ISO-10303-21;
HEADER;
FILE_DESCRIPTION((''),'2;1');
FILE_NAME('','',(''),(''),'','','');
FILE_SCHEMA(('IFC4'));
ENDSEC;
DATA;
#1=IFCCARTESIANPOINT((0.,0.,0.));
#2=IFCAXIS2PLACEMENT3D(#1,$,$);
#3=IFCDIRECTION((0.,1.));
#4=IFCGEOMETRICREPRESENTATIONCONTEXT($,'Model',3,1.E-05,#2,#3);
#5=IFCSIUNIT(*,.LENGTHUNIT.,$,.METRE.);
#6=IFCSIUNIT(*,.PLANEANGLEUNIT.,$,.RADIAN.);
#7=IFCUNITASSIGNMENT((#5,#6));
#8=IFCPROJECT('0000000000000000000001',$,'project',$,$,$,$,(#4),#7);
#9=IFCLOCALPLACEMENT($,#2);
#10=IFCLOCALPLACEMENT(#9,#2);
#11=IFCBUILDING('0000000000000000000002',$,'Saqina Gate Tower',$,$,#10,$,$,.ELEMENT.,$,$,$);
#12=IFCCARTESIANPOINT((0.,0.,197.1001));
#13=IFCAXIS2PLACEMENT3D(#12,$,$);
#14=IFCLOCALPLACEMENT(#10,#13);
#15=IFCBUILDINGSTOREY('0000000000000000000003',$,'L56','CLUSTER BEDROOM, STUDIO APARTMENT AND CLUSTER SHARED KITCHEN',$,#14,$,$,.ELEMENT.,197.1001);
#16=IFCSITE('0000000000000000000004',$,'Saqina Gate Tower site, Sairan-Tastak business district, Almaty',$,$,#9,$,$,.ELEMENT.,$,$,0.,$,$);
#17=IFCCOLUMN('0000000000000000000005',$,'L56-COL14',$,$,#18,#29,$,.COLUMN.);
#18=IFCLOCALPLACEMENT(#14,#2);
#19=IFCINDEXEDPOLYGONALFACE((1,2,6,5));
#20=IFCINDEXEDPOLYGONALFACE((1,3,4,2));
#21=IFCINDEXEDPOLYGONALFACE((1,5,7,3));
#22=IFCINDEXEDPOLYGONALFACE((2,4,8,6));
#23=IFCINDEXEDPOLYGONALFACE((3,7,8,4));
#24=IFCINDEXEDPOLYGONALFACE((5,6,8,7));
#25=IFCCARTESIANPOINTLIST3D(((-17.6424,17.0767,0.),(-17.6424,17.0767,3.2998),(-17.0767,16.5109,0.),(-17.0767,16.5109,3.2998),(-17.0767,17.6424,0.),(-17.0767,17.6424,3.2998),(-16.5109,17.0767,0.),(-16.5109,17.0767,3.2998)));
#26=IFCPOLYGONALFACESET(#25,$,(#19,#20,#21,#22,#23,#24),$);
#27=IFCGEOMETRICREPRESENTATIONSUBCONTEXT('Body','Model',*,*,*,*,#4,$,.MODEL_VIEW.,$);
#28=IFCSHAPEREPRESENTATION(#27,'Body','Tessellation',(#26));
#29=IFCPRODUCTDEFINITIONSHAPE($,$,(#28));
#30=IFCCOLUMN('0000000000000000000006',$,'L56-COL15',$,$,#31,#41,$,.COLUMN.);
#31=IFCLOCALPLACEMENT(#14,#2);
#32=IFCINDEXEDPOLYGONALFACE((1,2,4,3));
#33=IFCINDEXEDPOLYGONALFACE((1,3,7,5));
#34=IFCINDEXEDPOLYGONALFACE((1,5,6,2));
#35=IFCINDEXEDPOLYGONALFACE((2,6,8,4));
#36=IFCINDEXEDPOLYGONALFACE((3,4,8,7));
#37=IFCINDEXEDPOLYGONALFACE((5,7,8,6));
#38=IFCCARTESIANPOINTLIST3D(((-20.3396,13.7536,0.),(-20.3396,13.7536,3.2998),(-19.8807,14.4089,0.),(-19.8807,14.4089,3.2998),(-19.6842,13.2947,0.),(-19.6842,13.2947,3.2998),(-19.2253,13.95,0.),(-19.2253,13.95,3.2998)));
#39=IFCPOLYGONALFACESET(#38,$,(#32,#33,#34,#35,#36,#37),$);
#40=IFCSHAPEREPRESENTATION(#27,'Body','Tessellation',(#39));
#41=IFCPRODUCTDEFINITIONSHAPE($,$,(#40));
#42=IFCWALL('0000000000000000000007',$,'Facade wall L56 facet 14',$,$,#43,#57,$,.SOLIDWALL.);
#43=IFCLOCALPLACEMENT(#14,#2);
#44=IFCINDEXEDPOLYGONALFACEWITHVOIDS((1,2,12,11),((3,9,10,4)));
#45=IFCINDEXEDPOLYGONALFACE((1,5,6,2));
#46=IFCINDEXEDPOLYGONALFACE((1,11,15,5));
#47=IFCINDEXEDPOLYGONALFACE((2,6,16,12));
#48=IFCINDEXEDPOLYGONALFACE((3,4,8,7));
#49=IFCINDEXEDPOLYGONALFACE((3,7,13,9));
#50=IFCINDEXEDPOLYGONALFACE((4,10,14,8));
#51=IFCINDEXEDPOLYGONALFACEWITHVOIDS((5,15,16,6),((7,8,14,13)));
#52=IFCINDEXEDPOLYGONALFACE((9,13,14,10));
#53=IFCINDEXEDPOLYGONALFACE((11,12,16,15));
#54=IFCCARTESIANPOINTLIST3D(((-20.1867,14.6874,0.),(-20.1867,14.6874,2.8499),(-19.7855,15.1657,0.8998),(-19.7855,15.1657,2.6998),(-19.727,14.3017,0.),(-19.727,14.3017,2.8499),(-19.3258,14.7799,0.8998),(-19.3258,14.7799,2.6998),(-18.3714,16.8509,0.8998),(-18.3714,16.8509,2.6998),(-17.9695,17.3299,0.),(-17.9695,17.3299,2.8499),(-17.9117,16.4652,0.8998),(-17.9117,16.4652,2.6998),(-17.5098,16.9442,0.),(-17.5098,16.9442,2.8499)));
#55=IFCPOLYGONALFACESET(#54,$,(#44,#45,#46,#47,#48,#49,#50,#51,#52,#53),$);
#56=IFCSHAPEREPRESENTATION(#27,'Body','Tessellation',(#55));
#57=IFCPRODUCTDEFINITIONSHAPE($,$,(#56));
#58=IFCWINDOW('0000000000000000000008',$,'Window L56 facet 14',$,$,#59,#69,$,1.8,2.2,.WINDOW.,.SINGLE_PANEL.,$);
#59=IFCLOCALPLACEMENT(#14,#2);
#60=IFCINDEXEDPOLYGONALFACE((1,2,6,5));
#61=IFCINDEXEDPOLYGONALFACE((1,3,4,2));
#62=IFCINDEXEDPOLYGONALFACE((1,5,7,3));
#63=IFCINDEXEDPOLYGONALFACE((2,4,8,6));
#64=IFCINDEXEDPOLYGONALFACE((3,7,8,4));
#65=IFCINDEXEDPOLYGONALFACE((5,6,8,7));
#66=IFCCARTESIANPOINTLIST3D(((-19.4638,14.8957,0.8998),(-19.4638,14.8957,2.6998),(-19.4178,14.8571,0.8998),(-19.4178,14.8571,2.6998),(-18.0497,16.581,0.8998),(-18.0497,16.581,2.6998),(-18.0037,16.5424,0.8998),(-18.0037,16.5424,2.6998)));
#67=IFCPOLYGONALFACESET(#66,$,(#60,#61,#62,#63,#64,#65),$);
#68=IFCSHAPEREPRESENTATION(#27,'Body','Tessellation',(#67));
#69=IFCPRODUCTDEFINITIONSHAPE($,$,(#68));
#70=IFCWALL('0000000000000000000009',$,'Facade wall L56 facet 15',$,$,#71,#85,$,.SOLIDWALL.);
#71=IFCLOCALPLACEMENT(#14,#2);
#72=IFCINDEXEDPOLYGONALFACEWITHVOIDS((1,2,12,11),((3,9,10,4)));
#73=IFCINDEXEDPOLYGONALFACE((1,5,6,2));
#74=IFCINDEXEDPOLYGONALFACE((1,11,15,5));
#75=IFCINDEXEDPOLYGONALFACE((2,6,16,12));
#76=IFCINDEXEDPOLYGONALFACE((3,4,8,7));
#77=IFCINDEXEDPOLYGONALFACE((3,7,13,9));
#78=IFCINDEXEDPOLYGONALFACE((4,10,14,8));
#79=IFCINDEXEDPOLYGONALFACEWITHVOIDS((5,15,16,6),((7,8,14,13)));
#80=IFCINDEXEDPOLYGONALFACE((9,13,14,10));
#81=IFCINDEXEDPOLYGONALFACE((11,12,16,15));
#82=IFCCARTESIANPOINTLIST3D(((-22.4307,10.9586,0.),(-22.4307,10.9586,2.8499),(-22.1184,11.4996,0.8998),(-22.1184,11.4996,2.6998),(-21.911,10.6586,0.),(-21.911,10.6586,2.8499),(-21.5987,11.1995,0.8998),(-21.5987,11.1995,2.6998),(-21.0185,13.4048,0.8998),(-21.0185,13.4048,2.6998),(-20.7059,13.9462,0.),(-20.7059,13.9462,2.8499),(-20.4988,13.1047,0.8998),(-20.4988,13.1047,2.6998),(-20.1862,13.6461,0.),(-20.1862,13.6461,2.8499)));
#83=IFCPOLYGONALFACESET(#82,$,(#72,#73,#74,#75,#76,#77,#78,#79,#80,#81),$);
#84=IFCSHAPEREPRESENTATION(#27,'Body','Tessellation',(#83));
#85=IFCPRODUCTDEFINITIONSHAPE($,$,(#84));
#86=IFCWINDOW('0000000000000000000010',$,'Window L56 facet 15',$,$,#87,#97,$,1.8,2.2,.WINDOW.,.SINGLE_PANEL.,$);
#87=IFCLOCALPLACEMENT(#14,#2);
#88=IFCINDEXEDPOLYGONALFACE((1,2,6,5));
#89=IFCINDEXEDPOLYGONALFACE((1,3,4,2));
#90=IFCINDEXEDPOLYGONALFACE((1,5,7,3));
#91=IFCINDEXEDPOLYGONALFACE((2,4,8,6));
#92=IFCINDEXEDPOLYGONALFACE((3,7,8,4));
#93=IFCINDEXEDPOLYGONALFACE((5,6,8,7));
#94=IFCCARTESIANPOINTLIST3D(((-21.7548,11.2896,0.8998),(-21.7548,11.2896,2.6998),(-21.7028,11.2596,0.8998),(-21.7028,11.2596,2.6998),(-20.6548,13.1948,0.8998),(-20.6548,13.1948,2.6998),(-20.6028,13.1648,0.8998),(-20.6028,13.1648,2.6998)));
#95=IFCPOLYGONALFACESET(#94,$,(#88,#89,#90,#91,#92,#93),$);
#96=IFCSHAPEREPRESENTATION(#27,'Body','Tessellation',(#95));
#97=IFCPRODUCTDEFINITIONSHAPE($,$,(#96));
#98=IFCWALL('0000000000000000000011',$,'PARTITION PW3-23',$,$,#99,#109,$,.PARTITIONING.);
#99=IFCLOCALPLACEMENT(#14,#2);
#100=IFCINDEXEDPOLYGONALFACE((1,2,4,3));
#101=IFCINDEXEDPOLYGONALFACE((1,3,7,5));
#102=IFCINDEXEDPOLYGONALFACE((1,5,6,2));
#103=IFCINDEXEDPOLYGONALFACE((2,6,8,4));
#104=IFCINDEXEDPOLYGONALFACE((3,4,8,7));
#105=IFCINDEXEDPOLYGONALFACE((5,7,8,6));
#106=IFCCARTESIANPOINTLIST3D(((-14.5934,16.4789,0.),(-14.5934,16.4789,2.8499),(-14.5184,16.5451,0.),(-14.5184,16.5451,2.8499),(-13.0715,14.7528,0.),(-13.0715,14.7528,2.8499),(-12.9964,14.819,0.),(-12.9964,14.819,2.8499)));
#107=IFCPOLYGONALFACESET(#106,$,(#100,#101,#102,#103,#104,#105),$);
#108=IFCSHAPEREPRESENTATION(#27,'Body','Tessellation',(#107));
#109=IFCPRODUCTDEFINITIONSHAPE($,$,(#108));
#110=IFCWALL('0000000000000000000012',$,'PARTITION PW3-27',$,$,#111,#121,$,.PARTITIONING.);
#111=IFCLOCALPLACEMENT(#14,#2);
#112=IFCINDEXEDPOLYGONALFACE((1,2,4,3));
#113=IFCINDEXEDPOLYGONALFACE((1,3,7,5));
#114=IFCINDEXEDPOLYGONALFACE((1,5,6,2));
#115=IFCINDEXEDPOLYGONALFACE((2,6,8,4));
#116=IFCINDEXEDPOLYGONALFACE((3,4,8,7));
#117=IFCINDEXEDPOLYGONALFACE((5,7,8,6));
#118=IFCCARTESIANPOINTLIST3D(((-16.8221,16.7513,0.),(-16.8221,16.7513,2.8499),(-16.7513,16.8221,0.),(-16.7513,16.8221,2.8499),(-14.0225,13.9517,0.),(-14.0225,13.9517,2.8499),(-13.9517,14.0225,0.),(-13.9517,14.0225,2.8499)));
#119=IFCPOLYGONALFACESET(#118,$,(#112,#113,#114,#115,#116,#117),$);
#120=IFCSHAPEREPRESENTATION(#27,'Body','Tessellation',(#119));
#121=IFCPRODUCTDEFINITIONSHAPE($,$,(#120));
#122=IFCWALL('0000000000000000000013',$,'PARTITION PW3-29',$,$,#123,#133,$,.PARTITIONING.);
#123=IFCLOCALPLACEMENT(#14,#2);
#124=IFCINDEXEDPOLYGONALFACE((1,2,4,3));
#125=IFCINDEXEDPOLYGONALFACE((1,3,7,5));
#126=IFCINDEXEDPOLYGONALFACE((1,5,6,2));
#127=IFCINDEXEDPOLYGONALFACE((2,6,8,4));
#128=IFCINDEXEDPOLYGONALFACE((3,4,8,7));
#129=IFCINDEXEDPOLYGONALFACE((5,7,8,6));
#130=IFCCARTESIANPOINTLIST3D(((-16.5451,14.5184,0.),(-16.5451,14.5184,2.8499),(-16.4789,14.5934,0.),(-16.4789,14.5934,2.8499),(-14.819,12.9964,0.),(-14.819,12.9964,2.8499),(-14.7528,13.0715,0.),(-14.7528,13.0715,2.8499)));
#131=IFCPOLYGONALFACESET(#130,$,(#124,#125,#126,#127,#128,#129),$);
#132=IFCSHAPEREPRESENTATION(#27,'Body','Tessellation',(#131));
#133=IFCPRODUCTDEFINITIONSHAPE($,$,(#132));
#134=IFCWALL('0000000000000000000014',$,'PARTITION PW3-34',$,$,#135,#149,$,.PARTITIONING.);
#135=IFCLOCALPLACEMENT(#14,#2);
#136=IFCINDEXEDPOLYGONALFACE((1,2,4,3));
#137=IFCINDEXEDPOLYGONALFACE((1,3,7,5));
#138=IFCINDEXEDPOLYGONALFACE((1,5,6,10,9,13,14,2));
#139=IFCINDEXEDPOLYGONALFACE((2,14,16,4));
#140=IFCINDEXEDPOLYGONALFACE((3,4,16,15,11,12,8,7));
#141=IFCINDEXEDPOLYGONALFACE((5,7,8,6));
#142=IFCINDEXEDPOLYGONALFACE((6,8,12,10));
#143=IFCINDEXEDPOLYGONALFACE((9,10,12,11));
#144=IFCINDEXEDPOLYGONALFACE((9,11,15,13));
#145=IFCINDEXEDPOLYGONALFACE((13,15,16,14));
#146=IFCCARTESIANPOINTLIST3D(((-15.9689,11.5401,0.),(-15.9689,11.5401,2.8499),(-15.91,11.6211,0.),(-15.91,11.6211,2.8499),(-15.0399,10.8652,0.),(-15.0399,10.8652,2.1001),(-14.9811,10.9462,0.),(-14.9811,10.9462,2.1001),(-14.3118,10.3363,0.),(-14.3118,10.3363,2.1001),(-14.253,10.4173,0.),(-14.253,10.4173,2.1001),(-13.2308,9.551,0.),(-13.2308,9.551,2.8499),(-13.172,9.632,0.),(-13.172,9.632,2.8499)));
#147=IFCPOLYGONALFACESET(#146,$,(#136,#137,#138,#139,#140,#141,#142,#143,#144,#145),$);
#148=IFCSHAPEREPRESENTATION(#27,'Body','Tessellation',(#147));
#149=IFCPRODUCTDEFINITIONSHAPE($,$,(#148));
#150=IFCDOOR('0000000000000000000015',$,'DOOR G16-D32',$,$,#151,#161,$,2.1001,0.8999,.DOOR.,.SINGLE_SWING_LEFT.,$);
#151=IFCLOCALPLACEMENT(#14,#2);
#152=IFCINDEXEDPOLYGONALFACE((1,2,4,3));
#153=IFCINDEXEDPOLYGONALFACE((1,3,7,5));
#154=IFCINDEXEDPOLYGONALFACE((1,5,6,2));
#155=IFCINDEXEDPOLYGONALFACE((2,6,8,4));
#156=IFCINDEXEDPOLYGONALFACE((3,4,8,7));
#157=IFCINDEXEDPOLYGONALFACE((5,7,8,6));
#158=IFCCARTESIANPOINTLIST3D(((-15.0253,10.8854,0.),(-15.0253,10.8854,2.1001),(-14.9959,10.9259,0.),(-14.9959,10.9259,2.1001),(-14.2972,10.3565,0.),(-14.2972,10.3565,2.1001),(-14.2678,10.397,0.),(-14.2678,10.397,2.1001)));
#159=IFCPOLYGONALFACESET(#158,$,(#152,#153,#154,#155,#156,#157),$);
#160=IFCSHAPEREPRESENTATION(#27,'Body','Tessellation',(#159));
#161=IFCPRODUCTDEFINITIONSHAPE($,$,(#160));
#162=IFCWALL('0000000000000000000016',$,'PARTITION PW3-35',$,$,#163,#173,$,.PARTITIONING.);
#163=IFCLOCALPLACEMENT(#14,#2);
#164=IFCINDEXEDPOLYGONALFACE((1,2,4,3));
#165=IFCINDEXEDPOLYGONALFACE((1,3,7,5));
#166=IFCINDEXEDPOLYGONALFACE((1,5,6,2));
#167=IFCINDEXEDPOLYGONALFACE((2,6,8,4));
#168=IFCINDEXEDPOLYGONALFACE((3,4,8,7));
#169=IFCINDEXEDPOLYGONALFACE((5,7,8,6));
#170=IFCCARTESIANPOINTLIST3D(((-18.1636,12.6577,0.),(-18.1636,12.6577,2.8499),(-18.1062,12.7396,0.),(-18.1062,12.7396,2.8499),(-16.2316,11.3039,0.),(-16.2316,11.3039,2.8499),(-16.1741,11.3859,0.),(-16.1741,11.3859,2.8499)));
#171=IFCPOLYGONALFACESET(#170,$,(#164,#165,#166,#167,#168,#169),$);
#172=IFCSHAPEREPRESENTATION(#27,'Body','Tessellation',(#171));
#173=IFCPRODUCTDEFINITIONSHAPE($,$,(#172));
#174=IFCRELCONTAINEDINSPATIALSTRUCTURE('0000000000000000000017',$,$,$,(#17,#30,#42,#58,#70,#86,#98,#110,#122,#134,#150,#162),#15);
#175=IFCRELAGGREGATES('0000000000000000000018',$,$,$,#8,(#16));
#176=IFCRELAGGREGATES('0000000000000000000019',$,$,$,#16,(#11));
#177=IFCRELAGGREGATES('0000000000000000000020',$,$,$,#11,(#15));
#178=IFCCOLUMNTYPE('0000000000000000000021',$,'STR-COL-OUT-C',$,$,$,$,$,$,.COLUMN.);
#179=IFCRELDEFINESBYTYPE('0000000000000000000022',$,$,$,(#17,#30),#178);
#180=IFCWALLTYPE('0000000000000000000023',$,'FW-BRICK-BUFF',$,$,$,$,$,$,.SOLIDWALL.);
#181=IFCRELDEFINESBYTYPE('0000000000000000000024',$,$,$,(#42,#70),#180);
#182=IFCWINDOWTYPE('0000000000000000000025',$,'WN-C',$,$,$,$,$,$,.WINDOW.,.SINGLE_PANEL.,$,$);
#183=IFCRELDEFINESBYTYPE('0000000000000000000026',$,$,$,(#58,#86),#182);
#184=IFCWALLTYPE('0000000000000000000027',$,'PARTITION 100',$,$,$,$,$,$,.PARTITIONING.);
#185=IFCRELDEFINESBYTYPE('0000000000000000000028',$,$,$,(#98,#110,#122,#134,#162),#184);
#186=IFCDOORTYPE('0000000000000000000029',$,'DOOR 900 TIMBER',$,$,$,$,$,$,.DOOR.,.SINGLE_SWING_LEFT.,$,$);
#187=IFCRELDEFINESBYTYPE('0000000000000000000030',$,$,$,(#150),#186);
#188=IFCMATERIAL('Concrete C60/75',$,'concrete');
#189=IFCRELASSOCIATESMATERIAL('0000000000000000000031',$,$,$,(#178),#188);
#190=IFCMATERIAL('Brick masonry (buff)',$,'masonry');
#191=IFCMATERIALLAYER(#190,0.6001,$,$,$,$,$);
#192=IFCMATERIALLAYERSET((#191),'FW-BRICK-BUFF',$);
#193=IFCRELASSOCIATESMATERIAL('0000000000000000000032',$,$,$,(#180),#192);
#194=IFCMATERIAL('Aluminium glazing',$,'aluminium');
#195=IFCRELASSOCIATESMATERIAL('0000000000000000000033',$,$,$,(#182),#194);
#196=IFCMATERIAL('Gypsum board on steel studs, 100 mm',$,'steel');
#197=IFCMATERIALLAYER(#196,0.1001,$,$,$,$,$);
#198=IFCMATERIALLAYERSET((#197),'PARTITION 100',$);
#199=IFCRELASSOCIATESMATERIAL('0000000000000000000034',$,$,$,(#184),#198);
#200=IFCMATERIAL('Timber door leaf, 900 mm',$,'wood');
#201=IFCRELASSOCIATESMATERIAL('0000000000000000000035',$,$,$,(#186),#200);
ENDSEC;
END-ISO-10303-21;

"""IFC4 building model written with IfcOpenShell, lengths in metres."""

from ifc_helpers import new_model, si_unit, direction, frame, frame_2d, origin, origin_2d, place, context, subcontext, project, spatial, rectangle, extrude, material, layer, layer_set, material_profile, profile_set, type_object, element, fill, save


model = new_model("IFC4")

# Units and contexts
model_context = context("Model", 3, precision=1e-05, world=origin(), true_north=direction((0.0, 1.0)))
body_context = subcontext(model_context, "Body", "Model", "MODEL_VIEW")
ifc_project = project(units=[si_unit("LENGTHUNIT", "METRE"), si_unit("PLANEANGLEUNIT", "RADIAN")], contexts=[model_context])

# Site, building, storey
site_placement = place(None, origin())
site = spatial("IfcSite", under=ifc_project, at=site_placement, Name="Saqina Gate Tower site, Sairan-Tastak business district, Almaty", CompositionType="ELEMENT", RefElevation=0.0)
building_placement = place(site_placement, origin())
building = spatial("IfcBuilding", under=site, at=building_placement, Name="Saqina Gate Tower", CompositionType="ELEMENT")
storey_placement = place(building_placement, frame((0.0, 0.0, 197.1001)))
storey = spatial("IfcBuildingStorey", under=building, at=storey_placement, Name="L56", Description="CLUSTER BEDROOM, STUDIO APARTMENT AND CLUSTER SHARED KITCHEN", CompositionType="ELEMENT", Elevation=197.1001)

# Columns
ifc_material_1 = material(Name="Concrete C60/75", Category="concrete")
ifc_material_profile = material_profile(ifc_material_1, rectangle(XDim=0.8, YDim=0.8, at=origin_2d()), Name="RC 800x800")
ifc_profile_set = profile_set([ifc_material_profile], Name="Concrete C60/75")
column_type = type_object("IfcColumnType", Name="STR-COL-OUT-C", PredefinedType="COLUMN", material=ifc_profile_set)
for number, where, z_axis, x_axis, name in (
    (1, (-17.0767, 17.0767, 0.0), (0.0, 0.0, 1.0), (-0.707107, 0.707107, 0.0), "L56-COL14"),
    (2, (-19.7825, 13.8518, 0.0), (0.0, 0.0, 1.0), (-0.819152, 0.573576, 0.0), "L56-COL15"),
):
    element("IfcColumn", number, at=place(storey_placement, frame(where, z_axis=z_axis, x_axis=x_axis)), inside=storey, type_object=column_type, Name=name, PredefinedType="COLUMN", context=body_context, shape_type="SweptSolid", body=[
        extrude(rectangle(XDim=0.8, YDim=0.8, at=origin_2d()), origin(), (0.0, 0.0, 1.0), 3.2998),
    ])

# Walls, openings, windows
ifc_material_2 = material(Name="Brick masonry (buff)", Category="masonry")
ifc_layer_1 = layer(ifc_material_2, 0.6001)
ifc_layer_set_1 = layer_set([ifc_layer_1], Name="FW-BRICK-BUFF")
wall_type_1 = type_object("IfcWallType", Name="FW-BRICK-BUFF", PredefinedType="SOLIDWALL", material=ifc_layer_set_1)
wall_1_placement = place(storey_placement, frame((-17.7397, 17.137, 0.0), z_axis=(0.0, 0.0, 1.0), x_axis=(-0.64277, -0.766059, 0.0)))
wall_1 = element("IfcWall", 3, at=wall_1_placement, inside=storey, type_object=wall_type_1, Name="Facade wall L56 facet 14", PredefinedType="SOLIDWALL", context=body_context, shape_type="SweptSolid", body=[
    extrude(rectangle(XDim=3.4495, YDim=0.6001, at=frame_2d((1.7246, 0.0))), origin(), (0.0, 0.0, 1.0), 2.8499),
])
opening_1_placement = place(wall_1_placement, frame((0.625, 0.0, 0.8999)))
opening_1 = element("IfcOpeningElement", 4, at=opening_1_placement, cuts=wall_1, PredefinedType="OPENING", context=body_context, shape_type="SweptSolid", body=[
    extrude(rectangle(XDim=2.2, YDim=1.8, at=frame_2d((1.1001, 0.8999))), frame((0.0, 0.312, 0.0), z_axis=(0.0, -1.0, 0.0), x_axis=(1.0, 0.0, 0.0)), (0.0, 0.0, 1.0), 0.624),
])
ifc_material_3 = material(Name="Aluminium glazing", Category="aluminium")
window_type = type_object("IfcWindowType", Name="WN-C", PartitioningType="SINGLE_PANEL", PredefinedType="WINDOW", material=ifc_material_3)
window_1_placement = place(opening_1_placement, origin())
window_1 = element("IfcWindow", 5, at=window_1_placement, inside=storey, type_object=window_type, Name="Window L56 facet 14", OverallHeight=1.8, OverallWidth=2.2, PartitioningType="SINGLE_PANEL", PredefinedType="WINDOW", context=body_context, shape_type="SweptSolid", body=[
    extrude(rectangle(XDim=2.2, YDim=1.8, at=frame_2d((1.1001, 0.8999))), frame((0.0, 0.1799, 0.0), z_axis=(0.0, -1.0, 0.0), x_axis=(1.0, 0.0, 0.0)), (0.0, 0.0, 1.0), 0.0601),
])
fill(opening_1, window_1)
wall_2_placement = place(storey_placement, frame((-20.446, 13.7961, 0.0), z_axis=(0.0, 0.0, 1.0), x_axis=(-0.499998, -0.866026, 0.0)))
wall_2 = element("IfcWall", 6, at=wall_2_placement, inside=storey, type_object=wall_type_1, Name="Facade wall L56 facet 15", PredefinedType="SOLIDWALL", context=body_context, shape_type="SweptSolid", body=[
    extrude(rectangle(XDim=3.4497, YDim=0.6001, at=frame_2d((1.7249, 0.0))), origin(), (0.0, 0.0, 1.0), 2.8499),
])
opening_2_placement = place(wall_2_placement, frame((0.625, 0.0, 0.8999)))
opening_2 = element("IfcOpeningElement", 7, at=opening_2_placement, cuts=wall_2, PredefinedType="OPENING", context=body_context, shape_type="SweptSolid", body=[
    extrude(rectangle(XDim=2.2, YDim=1.8, at=frame_2d((1.1001, 0.8999))), frame((0.0, 0.312, 0.0), z_axis=(0.0, -1.0, 0.0), x_axis=(1.0, 0.0, 0.0)), (0.0, 0.0, 1.0), 0.624),
])
window_2_placement = place(opening_2_placement, origin())
window_2 = element("IfcWindow", 8, at=window_2_placement, inside=storey, type_object=window_type, Name="Window L56 facet 15", OverallHeight=1.8, OverallWidth=2.2, PartitioningType="SINGLE_PANEL", PredefinedType="WINDOW", context=body_context, shape_type="SweptSolid", body=[
    extrude(rectangle(XDim=2.2, YDim=1.8, at=frame_2d((1.1001, 0.8999))), frame((0.0, 0.1799, 0.0), z_axis=(0.0, -1.0, 0.0), x_axis=(1.0, 0.0, 0.0)), (0.0, 0.0, 1.0), 0.0601),
])
fill(opening_2, window_2)

# Walls
ifc_material_4 = material(Name="Gypsum board on steel studs, 100 mm", Category="steel")
ifc_layer_2 = layer(ifc_material_4, 0.1001)
ifc_layer_set_2 = layer_set([ifc_layer_2], Name="PARTITION 100")
wall_type_2 = type_object("IfcWallType", Name="PARTITION 100", PredefinedType="PARTITIONING", material=ifc_layer_set_2)
wall_3_placement = place(storey_placement, frame((-14.5559, 16.512, 0.0), z_axis=(0.0, 0.0, 1.0), x_axis=(0.661369, -0.750061, 0.0)))
element("IfcWall", 9, at=wall_3_placement, inside=storey, type_object=wall_type_2, Name="PARTITION PW3-23", PredefinedType="PARTITIONING", context=body_context, shape_type="SweptSolid", body=[
    extrude(rectangle(XDim=2.3013, YDim=0.1001, at=frame_2d((1.1506, 0.0))), origin(), (0.0, 0.0, 1.0), 2.8499),
])
wall_4_placement = place(storey_placement, frame((-16.7866, 16.7866, 0.0), z_axis=(0.0, 0.0, 1.0), x_axis=(0.707107, -0.707107, 0.0)))
element("IfcWall", 10, at=wall_4_placement, inside=storey, type_object=wall_type_2, Name="PARTITION PW3-27", PredefinedType="PARTITIONING", context=body_context, shape_type="SweptSolid", body=[
    extrude(rectangle(XDim=3.9592, YDim=0.1001, at=frame_2d((1.9795, 0.0))), origin(), (0.0, 0.0, 1.0), 2.8499),
])
wall_5_placement = place(storey_placement, frame((-16.512, 14.5559, 0.0), z_axis=(0.0, 0.0, 1.0), x_axis=(0.750061, -0.661369, 0.0)))
element("IfcWall", 11, at=wall_5_placement, inside=storey, type_object=wall_type_2, Name="PARTITION PW3-29", PredefinedType="PARTITIONING", context=body_context, shape_type="SweptSolid", body=[
    extrude(rectangle(XDim=2.3013, YDim=0.1001, at=frame_2d((1.1506, 0.0))), origin(), (0.0, 0.0, 1.0), 2.8499),
])

# Wall, opening, door
wall_6_placement = place(storey_placement, frame((-15.9395, 11.5806, 0.0), z_axis=(0.0, 0.0, 1.0), x_axis=(0.809057, -0.58773, 0.0)))
wall_6 = element("IfcWall", 12, at=wall_6_placement, inside=storey, type_object=wall_type_2, Name="PARTITION PW3-34", PredefinedType="PARTITIONING", context=body_context, shape_type="SweptSolid", body=[
    extrude(rectangle(XDim=3.3843, YDim=0.1001, at=frame_2d((1.6921, 0.0))), origin(), (0.0, 0.0, 1.0), 2.8499),
])
opening_3_placement = place(wall_6_placement, frame((1.1482, 0.0, 0.0)))
opening_3 = element("IfcOpeningElement", 13, at=opening_3_placement, cuts=wall_6, PredefinedType="OPENING", context=body_context, shape_type="SweptSolid", body=[
    extrude(rectangle(XDim=0.8999, YDim=2.1001, at=frame_2d((0.45, 1.05))), frame((0.0, 0.062, 0.0), z_axis=(0.0, -1.0, 0.0), x_axis=(1.0, 0.0, 0.0)), (0.0, 0.0, 1.0), 0.124),
])
ifc_material_5 = material(Name="Timber door leaf, 900 mm", Category="wood")
door_type_1 = type_object("IfcDoorType", Name="DOOR 900 TIMBER", OperationType="SINGLE_SWING_LEFT", PredefinedType="DOOR", material=ifc_material_5)
door_1_placement = place(opening_3_placement, origin())
door_1 = element("IfcDoor", 14, at=door_1_placement, inside=storey, type_object=door_type_1, Name="DOOR G16-D32", OperationType="SINGLE_SWING_LEFT", OverallHeight=2.1001, OverallWidth=0.8999, PredefinedType="DOOR", context=body_context, shape_type="SweptSolid", body=[
    extrude(rectangle(XDim=0.8999, YDim=2.1001, at=frame_2d((0.45, 1.05))), frame((0.0, 0.0249, 0.0), z_axis=(0.0, -1.0, 0.0), x_axis=(1.0, 0.0, 0.0)), (0.0, 0.0, 1.0), 0.05),
])
fill(opening_3, door_1)

# Wall
wall_7_placement = place(storey_placement, frame((-18.135, 12.6987, 0.0), z_axis=(0.0, 0.0, 1.0), x_axis=(0.818979, -0.573823, 0.0)))
element("IfcWall", 15, at=wall_7_placement, inside=storey, type_object=wall_type_2, Name="PARTITION PW3-35", PredefinedType="PARTITIONING", context=body_context, shape_type="SweptSolid", body=[
    extrude(rectangle(XDim=2.3591, YDim=0.1001, at=frame_2d((1.1797, 0.0))), origin(), (0.0, 0.0, 1.0), 2.8499),
])

save(model, "model.ifc")
